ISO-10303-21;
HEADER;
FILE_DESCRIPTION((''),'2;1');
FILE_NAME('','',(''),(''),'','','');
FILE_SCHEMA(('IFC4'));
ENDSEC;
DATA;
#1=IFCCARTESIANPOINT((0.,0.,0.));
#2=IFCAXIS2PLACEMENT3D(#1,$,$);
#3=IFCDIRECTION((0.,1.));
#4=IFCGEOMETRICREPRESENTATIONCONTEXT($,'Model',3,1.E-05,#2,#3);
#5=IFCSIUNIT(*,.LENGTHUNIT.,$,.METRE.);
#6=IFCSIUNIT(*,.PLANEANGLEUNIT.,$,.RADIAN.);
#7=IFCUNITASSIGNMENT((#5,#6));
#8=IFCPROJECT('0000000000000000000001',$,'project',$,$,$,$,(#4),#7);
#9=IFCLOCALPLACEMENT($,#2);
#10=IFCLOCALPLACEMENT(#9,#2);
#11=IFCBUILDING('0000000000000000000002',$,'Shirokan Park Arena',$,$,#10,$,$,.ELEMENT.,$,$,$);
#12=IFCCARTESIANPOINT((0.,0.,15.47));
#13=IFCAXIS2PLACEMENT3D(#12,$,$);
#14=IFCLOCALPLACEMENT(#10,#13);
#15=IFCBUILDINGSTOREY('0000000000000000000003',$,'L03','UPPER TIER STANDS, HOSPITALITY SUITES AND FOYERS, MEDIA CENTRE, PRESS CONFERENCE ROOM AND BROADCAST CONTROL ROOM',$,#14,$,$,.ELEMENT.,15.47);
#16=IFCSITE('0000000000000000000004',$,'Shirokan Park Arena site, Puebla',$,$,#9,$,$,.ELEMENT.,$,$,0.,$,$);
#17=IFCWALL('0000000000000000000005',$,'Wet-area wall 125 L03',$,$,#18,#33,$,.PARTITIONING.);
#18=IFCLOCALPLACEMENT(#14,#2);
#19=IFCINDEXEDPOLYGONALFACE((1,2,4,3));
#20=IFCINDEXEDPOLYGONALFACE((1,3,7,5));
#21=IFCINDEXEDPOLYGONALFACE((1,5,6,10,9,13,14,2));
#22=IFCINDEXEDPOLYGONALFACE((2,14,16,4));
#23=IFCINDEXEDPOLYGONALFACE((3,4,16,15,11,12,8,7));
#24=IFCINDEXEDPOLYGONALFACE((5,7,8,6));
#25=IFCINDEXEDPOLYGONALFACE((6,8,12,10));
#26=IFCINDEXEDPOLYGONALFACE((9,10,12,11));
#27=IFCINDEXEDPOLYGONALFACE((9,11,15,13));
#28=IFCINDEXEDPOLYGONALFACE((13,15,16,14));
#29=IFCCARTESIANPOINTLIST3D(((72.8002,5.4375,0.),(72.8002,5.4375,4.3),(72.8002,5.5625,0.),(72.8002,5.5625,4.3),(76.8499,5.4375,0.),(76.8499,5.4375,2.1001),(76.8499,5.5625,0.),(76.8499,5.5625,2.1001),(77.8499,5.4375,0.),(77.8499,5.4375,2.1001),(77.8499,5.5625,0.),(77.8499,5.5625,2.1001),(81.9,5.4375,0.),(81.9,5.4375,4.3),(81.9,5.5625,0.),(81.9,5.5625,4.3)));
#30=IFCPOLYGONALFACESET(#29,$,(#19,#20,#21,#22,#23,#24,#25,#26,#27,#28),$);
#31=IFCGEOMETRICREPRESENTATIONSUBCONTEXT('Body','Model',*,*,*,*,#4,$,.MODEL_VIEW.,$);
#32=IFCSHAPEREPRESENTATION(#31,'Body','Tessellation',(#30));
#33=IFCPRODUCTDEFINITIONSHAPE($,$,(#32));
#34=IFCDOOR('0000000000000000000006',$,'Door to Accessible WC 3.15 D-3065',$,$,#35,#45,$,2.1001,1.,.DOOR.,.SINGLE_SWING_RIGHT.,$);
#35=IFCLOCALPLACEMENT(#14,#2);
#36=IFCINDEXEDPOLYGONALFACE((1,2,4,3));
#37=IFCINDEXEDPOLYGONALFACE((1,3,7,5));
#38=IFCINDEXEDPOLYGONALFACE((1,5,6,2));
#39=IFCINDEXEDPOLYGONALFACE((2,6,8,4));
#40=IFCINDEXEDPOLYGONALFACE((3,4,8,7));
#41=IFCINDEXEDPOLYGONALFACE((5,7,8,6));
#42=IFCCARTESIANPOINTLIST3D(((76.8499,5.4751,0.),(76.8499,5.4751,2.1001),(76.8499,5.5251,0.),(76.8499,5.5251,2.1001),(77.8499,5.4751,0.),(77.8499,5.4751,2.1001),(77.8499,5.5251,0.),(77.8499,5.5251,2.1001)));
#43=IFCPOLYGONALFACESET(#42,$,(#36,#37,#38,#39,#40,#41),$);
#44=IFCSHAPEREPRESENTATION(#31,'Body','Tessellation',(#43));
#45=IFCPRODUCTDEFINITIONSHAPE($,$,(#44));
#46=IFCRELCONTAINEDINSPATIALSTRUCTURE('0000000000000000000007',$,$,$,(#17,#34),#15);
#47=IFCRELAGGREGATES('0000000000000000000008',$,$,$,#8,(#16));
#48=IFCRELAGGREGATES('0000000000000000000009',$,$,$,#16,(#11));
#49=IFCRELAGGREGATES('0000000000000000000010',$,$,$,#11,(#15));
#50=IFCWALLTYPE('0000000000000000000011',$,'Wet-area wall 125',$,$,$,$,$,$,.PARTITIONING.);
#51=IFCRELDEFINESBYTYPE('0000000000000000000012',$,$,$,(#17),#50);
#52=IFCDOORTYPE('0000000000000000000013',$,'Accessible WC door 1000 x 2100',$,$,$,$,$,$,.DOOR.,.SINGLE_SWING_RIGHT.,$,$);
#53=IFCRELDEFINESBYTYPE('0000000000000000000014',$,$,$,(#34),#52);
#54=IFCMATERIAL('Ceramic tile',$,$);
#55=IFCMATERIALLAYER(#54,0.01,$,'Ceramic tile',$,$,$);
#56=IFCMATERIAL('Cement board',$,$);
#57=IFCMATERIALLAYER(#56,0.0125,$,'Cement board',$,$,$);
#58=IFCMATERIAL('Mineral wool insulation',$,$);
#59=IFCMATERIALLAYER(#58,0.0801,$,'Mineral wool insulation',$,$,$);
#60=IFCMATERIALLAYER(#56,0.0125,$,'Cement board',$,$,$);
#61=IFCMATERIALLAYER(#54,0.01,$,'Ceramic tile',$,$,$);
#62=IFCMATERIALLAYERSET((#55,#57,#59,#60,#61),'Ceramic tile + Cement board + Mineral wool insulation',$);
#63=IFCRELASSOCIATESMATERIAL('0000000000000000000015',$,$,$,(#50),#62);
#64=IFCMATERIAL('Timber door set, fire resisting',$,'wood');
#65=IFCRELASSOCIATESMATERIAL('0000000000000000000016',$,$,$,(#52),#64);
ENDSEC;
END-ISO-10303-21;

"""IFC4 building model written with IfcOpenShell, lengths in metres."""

from ifc_helpers import new_model, si_unit, direction, frame, frame_2d, origin, place, context, subcontext, project, spatial, rectangle, extrude, material, layer, layer_set, type_object, element, fill, save


model = new_model("IFC4")

# Units and contexts
model_context = context("Model", 3, precision=1e-05, world=origin(), true_north=direction((0.0, 1.0)))
body_context = subcontext(model_context, "Body", "Model", "MODEL_VIEW")
ifc_project = project(units=[si_unit("LENGTHUNIT", "METRE"), si_unit("PLANEANGLEUNIT", "RADIAN")], contexts=[model_context])

# Site, building, storey
site_placement = place(None, origin())
site = spatial("IfcSite", under=ifc_project, at=site_placement, Name="Shirokan Park Arena site, Puebla", CompositionType="ELEMENT", RefElevation=0.0)
building_placement = place(site_placement, origin())
building = spatial("IfcBuilding", under=site, at=building_placement, Name="Shirokan Park Arena", CompositionType="ELEMENT")
storey_placement = place(building_placement, frame((0.0, 0.0, 15.47)))
storey = spatial("IfcBuildingStorey", under=building, at=storey_placement, Name="L03", Description="UPPER TIER STANDS, HOSPITALITY SUITES AND FOYERS, MEDIA CENTRE, PRESS CONFERENCE ROOM AND BROADCAST CONTROL ROOM", CompositionType="ELEMENT", Elevation=15.47)

# Shared definitions
ifc_material_1 = material(Name="Mineral wool insulation")

# Shared definitions
ifc_material_2 = material(Name="Ceramic tile")

# Wall, opening, door
ifc_layer_1 = layer(ifc_material_2, 0.01, Name="Ceramic tile")
ifc_material_3 = material(Name="Cement board")
ifc_layer_2 = layer(ifc_material_3, 0.0125, Name="Cement board")
ifc_layer_3 = layer(ifc_material_1, 0.0801, Name="Mineral wool insulation")
ifc_layer_4 = layer(ifc_material_3, 0.0125, Name="Cement board")
ifc_layer_5 = layer(ifc_material_2, 0.01, Name="Ceramic tile")
ifc_layer_set_1 = layer_set([ifc_layer_1, ifc_layer_2, ifc_layer_3, ifc_layer_4, ifc_layer_5], Name="Ceramic tile + Cement board + Mineral wool insulation")
wall_type_1 = type_object("IfcWallType", Name="Wet-area wall 125", PredefinedType="PARTITIONING", material=ifc_layer_set_1)
wall_1_placement = place(storey_placement, frame((81.8999, 5.5, 0.0), z_axis=(0.0, 0.0, 1.0), x_axis=(-1.0, 0.0, 0.0)))
wall_1 = element("IfcWall", 1, at=wall_1_placement, inside=storey, type_object=wall_type_1, Name="Wet-area wall 125 L03", PredefinedType="PARTITIONING", context=body_context, shape_type="SweptSolid", body=[
    extrude(rectangle(XDim=9.0999, YDim=0.125, at=frame_2d((4.5498, 0.0))), origin(), (0.0, 0.0, 1.0), 4.3),
])
opening_1_placement = place(wall_1_placement, frame((4.05, 0.0, 0.0)))
opening_1 = element("IfcOpeningElement", 2, at=opening_1_placement, cuts=wall_1, PredefinedType="OPENING", context=body_context, shape_type="SweptSolid", body=[
    extrude(rectangle(XDim=1.0, YDim=2.1001, at=frame_2d((0.5, 1.05))), frame((0.0, 0.0725, 0.0), z_axis=(0.0, -1.0, 0.0), x_axis=(1.0, 0.0, 0.0)), (0.0, 0.0, 1.0), 0.145),
])
ifc_material_4 = material(Name="Timber door set, fire resisting", Category="wood")
door_type_1 = type_object("IfcDoorType", Name="Accessible WC door 1000 x 2100", OperationType="SINGLE_SWING_RIGHT", PredefinedType="DOOR", material=ifc_material_4)
door_1_placement = place(opening_1_placement, origin())
door_1 = element("IfcDoor", 3, at=door_1_placement, inside=storey, type_object=door_type_1, Name="Door to Accessible WC 3.15 D-3065", OperationType="SINGLE_SWING_RIGHT", OverallHeight=2.1001, OverallWidth=1.0, PredefinedType="DOOR", context=body_context, shape_type="SweptSolid", body=[
    extrude(rectangle(XDim=1.0, YDim=2.1001, at=frame_2d((0.5, 1.05))), frame((0.0, 0.0249, 0.0), z_axis=(0.0, -1.0, 0.0), x_axis=(1.0, 0.0, 0.0)), (0.0, 0.0, 1.0), 0.05),
])
fill(opening_1, door_1)

save(model, "model.ifc")
